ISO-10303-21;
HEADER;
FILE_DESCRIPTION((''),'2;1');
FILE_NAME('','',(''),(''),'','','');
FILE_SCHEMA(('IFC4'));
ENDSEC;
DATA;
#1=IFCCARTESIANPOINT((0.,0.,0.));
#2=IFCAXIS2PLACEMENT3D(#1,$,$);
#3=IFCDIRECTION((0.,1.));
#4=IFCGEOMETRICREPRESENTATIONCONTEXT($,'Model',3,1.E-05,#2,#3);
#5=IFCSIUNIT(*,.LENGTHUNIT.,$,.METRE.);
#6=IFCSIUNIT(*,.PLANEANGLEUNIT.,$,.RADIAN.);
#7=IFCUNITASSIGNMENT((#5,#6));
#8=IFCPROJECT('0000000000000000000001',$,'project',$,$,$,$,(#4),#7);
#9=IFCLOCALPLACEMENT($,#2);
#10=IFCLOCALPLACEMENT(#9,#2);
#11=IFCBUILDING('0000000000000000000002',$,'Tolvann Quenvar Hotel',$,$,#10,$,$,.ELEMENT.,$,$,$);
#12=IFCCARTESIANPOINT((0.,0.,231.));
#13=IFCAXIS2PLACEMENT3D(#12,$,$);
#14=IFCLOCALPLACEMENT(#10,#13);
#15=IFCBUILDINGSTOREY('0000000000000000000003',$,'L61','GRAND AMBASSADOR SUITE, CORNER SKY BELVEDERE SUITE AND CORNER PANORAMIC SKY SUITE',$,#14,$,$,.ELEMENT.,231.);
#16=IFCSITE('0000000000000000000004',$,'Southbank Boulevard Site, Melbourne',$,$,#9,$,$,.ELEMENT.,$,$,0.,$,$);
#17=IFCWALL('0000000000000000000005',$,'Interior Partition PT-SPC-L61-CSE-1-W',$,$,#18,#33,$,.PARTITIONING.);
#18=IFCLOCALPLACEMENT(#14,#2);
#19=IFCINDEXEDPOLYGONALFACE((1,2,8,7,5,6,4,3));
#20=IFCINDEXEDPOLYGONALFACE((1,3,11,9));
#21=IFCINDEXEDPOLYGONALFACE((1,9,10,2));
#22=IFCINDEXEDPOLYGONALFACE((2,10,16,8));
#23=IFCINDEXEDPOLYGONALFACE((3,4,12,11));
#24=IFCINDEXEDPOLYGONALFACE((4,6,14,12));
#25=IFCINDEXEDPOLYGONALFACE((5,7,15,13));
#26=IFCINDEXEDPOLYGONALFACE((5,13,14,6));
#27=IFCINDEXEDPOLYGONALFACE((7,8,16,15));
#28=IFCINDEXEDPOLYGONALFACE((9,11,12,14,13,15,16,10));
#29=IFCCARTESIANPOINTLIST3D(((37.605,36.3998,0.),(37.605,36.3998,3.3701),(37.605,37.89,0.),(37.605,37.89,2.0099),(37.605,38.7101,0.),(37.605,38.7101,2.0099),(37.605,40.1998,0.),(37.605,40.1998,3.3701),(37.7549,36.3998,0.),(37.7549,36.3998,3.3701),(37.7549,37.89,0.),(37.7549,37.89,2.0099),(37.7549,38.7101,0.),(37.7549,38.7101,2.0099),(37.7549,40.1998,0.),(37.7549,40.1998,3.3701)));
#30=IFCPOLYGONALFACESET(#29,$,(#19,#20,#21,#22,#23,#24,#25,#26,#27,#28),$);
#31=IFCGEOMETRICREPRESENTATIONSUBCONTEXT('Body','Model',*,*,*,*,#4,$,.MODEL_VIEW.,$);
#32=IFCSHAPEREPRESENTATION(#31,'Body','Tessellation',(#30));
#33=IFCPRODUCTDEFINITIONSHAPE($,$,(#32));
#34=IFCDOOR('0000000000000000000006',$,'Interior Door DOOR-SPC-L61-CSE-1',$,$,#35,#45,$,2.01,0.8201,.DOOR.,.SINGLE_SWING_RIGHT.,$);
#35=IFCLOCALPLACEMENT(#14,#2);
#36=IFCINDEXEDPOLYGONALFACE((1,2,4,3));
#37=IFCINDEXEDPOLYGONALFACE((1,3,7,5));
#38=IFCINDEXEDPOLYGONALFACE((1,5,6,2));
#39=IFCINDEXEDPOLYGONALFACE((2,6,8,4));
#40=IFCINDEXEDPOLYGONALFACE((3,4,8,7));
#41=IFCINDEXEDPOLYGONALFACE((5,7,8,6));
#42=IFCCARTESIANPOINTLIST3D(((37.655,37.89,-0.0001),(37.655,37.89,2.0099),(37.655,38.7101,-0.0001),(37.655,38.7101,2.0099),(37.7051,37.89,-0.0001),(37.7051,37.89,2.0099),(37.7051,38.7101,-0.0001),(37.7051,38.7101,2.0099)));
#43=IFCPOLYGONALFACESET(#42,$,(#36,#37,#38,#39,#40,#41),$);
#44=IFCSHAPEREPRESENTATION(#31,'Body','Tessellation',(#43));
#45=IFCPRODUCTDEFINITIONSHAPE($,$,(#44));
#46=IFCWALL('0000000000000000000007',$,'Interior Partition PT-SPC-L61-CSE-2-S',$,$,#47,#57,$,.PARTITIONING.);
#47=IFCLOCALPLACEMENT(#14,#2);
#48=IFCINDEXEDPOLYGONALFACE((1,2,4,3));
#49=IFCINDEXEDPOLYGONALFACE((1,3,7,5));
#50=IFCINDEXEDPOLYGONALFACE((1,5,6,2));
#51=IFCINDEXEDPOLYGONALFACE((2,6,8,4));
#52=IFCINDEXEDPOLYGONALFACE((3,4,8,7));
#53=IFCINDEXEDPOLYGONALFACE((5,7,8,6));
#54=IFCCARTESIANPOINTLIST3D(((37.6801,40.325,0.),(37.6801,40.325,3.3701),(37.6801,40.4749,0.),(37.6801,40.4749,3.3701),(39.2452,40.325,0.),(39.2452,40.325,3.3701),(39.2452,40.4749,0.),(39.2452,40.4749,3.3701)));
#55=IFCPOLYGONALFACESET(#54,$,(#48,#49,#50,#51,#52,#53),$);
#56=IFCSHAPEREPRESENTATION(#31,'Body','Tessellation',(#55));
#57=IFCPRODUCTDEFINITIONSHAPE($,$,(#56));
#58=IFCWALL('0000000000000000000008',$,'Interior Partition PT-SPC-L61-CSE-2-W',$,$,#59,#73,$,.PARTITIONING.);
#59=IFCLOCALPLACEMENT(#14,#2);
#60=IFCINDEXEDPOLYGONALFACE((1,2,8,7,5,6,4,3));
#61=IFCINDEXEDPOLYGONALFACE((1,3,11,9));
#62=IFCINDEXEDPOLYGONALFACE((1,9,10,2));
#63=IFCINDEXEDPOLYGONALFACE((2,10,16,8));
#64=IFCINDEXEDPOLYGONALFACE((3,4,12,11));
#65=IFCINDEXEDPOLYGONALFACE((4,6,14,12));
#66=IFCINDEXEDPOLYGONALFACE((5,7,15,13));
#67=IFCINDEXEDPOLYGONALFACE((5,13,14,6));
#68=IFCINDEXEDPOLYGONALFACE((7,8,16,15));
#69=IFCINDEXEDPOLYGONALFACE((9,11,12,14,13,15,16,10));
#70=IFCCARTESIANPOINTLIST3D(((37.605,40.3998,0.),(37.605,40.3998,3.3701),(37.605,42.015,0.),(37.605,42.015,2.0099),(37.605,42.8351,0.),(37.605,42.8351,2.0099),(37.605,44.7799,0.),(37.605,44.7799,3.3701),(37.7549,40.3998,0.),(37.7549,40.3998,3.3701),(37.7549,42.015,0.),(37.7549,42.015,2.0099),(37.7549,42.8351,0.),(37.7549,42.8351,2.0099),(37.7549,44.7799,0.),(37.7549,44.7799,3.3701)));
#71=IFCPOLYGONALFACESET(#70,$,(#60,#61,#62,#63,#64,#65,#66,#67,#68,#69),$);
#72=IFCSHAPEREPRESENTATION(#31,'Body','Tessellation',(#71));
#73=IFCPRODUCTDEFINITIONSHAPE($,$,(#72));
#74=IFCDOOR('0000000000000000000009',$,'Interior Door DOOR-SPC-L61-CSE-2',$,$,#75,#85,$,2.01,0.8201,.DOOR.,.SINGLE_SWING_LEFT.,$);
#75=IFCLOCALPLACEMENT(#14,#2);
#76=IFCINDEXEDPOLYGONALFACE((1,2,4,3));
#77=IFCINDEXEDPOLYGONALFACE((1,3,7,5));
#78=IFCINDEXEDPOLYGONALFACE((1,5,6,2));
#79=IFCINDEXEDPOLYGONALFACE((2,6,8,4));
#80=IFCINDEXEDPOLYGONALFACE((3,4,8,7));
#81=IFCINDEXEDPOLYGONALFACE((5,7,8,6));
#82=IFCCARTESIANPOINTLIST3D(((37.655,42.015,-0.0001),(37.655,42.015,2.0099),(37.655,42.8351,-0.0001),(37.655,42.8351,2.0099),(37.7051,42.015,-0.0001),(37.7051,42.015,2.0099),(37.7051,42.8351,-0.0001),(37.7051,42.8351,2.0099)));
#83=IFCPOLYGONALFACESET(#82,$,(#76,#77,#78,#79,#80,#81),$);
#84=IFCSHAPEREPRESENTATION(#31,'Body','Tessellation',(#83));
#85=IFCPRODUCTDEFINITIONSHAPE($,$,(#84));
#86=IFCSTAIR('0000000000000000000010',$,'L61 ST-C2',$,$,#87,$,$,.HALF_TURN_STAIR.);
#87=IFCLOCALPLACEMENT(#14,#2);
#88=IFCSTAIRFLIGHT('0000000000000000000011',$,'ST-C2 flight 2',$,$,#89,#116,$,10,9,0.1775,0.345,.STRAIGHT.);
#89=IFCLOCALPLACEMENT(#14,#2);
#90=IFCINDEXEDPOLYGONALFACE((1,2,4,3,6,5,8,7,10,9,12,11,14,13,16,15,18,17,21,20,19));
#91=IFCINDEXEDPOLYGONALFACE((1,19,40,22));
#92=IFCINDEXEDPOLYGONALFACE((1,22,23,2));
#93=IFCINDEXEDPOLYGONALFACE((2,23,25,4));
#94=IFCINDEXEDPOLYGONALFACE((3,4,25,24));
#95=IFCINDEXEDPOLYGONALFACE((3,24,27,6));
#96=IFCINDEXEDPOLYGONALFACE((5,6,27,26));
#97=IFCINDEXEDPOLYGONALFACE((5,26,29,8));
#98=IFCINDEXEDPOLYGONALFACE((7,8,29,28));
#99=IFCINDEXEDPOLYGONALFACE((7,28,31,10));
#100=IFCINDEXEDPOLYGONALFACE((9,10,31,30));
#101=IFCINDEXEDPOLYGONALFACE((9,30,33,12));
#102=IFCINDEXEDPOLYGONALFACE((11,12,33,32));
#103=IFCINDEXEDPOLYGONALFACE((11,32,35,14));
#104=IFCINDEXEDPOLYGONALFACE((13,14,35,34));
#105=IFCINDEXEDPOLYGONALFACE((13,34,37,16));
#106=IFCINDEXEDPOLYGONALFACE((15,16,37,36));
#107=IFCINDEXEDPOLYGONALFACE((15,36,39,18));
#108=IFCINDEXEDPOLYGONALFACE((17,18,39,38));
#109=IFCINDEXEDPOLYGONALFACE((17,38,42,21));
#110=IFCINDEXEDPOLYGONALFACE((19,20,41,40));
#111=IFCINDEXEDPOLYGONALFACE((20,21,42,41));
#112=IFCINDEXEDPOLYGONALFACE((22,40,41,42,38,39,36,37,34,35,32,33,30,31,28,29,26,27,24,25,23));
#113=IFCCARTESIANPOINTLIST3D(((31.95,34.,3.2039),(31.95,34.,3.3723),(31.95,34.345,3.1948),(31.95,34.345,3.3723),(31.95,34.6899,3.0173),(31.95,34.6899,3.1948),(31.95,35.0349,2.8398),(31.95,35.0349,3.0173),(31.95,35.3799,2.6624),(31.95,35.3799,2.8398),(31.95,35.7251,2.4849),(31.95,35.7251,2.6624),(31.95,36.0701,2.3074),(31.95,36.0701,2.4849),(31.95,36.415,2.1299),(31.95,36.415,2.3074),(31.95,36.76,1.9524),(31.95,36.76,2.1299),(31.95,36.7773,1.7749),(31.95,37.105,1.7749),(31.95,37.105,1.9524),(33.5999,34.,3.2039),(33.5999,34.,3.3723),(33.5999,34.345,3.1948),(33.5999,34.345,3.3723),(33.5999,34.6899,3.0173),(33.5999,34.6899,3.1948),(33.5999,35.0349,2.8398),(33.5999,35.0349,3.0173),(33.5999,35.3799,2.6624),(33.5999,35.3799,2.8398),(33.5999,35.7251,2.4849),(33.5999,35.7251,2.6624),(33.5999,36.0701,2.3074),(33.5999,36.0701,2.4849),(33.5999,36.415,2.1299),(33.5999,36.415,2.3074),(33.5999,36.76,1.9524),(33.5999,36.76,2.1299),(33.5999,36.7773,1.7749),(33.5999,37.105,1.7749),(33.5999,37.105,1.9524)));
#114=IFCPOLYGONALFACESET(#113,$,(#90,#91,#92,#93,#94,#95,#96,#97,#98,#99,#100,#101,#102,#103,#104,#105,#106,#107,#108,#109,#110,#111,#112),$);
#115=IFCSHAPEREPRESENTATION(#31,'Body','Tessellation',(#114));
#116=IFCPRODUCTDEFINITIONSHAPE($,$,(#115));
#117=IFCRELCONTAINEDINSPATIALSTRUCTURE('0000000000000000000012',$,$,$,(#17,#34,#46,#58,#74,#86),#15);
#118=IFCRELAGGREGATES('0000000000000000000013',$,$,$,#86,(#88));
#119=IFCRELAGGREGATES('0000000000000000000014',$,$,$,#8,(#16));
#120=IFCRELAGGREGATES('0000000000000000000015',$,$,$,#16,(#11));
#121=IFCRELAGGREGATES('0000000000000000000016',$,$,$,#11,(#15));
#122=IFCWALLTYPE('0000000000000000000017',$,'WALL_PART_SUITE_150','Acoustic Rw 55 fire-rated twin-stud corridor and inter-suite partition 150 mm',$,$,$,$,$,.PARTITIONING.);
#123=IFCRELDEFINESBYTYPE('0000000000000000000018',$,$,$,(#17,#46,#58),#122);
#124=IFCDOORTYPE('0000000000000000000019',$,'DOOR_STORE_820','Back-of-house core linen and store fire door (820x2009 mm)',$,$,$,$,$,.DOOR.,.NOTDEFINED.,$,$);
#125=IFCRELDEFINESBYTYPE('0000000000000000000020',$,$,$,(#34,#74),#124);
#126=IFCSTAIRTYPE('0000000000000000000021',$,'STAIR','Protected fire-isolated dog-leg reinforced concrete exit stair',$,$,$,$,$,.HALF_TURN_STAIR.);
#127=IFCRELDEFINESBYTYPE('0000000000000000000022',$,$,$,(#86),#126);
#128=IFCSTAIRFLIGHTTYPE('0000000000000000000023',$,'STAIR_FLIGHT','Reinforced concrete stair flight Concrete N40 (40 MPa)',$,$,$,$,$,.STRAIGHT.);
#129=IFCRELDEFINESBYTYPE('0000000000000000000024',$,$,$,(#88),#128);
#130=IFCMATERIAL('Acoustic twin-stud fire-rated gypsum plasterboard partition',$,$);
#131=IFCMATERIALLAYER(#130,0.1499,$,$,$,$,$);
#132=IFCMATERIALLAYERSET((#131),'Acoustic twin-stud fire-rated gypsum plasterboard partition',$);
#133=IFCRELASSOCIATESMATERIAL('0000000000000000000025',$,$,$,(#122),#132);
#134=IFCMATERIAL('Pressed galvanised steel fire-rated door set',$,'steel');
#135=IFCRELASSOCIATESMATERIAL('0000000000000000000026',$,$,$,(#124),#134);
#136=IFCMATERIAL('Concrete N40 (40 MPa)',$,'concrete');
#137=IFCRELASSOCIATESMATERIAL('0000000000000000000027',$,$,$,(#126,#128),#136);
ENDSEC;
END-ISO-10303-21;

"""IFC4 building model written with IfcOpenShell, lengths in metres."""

from ifc_helpers import new_model, si_unit, direction, frame, frame_2d, origin, place, context, subcontext, project, spatial, polyline, rectangle, outline, extrude, source, transform, mapped, material, layer, layer_set, type_object, type_shapes, element, fill, aggregate, save


model = new_model("IFC4")

# Units and contexts
model_context = context("Model", 3, precision=1e-05, world=origin(), true_north=direction((0.0, 1.0)))
body_context = subcontext(model_context, "Body", "Model", "MODEL_VIEW")
ifc_project = project(units=[si_unit("LENGTHUNIT", "METRE"), si_unit("PLANEANGLEUNIT", "RADIAN")], contexts=[model_context])

# Site, building, storey
site_placement = place(None, origin())
site = spatial("IfcSite", under=ifc_project, at=site_placement, Name="Southbank Boulevard Site, Melbourne", CompositionType="ELEMENT", RefElevation=0.0)
building_placement = place(site_placement, origin())
building = spatial("IfcBuilding", under=site, at=building_placement, Name="Tolvann Quenvar Hotel", CompositionType="ELEMENT")
storey_placement = place(building_placement, frame((0.0, 0.0, 231.0)))
storey = spatial("IfcBuildingStorey", under=building, at=storey_placement, Name="L61", Description="GRAND AMBASSADOR SUITE, CORNER SKY BELVEDERE SUITE AND CORNER PANORAMIC SKY SUITE", CompositionType="ELEMENT", Elevation=231.0)

# Shared definitions
ifc_material_1 = material(Name="Acoustic twin-stud fire-rated gypsum plasterboard partition")
ifc_layer_1 = layer(ifc_material_1, 0.1499)
ifc_layer_set_1 = layer_set([ifc_layer_1], Name="Acoustic twin-stud fire-rated gypsum plasterboard partition")
wall_type_1 = type_object("IfcWallType", Name="WALL_PART_SUITE_150", Description="Acoustic Rw 55 fire-rated twin-stud corridor and inter-suite partition 150 mm", PredefinedType="PARTITIONING", material=ifc_layer_set_1)

# Wall, opening, door
wall_1_placement = place(storey_placement, frame((37.6799, 36.3999, 0.0), z_axis=(0.0, 0.0, 1.0), x_axis=(0.0, 1.0, 0.0)))
wall_1 = element("IfcWall", 1, at=wall_1_placement, inside=storey, type_object=wall_type_1, Name="Interior Partition PT-SPC-L61-CSE-1-W", PredefinedType="PARTITIONING", context=body_context, shape_type="SweptSolid", body=[
    extrude(rectangle(XDim=3.8, YDim=0.1499, at=frame_2d((1.8999, 0.0))), origin(), (0.0, 0.0, 1.0), 3.3701),
])
opening_1_placement = place(wall_1_placement, frame((1.49, 0.0, 0.0)))
opening_1 = element("IfcOpeningElement", 2, at=opening_1_placement, cuts=wall_1, PredefinedType="OPENING", context=body_context, shape_type="SweptSolid", body=[
    extrude(rectangle(XDim=0.8201, YDim=2.01, at=frame_2d((0.4102, 1.0049))), frame((0.0, 0.085, 0.0), z_axis=(0.0, -1.0, 0.0), x_axis=(1.0, 0.0, 0.0)), (0.0, 0.0, 1.0), 0.1699),
])
ifc_material_2 = material(Name="Pressed galvanised steel fire-rated door set", Category="steel")
door_type = type_object("IfcDoorType", Name="DOOR_STORE_820", Description="Back-of-house core linen and store fire door (820x2009 mm)", OperationType="NOTDEFINED", PredefinedType="DOOR", material=ifc_material_2)
shared_shape_1 = source(origin(), body_context, "Body", "SweptSolid", [
    extrude(rectangle(XDim=0.8201, YDim=2.01, at=frame_2d((0.4102, 1.0049))), frame((0.0, 0.0249, 0.0), z_axis=(0.0, -1.0, 0.0), x_axis=(1.0, 0.0, 0.0)), (0.0, 0.0, 1.0), 0.05),
])
type_shapes(door_type, [shared_shape_1])
door_1_placement = place(opening_1_placement, origin())
door_1 = element("IfcDoor", 3, at=door_1_placement, inside=storey, type_object=door_type, Name="Interior Door DOOR-SPC-L61-CSE-1", OperationType="SINGLE_SWING_RIGHT", OverallHeight=2.01, OverallWidth=0.8201, PredefinedType="DOOR", context=body_context, shape_type="MappedRepresentation", body=[
    mapped(shared_shape_1, transform((0.0, 0.0, 0.0), x_axis=(1.0, 0.0, 0.0), y_axis=(0.0, 1.0, 0.0), z_axis=(0.0, 0.0, 1.0), scale=1.0)),
])
fill(opening_1, door_1)

# Wall
wall_2_placement = place(storey_placement, frame((37.6799, 40.3999, 0.0), z_axis=(0.0, 0.0, 1.0), x_axis=(1.0, 0.0, 0.0)))
element("IfcWall", 4, at=wall_2_placement, inside=storey, type_object=wall_type_1, Name="Interior Partition PT-SPC-L61-CSE-2-S", PredefinedType="PARTITIONING", context=body_context, shape_type="SweptSolid", body=[
    extrude(rectangle(XDim=1.5652, YDim=0.1499, at=frame_2d((0.7827, 0.0))), origin(), (0.0, 0.0, 1.0), 3.3701),
])

# Wall, opening, door
wall_3_placement = place(storey_placement, frame((37.6799, 40.3999, 0.0), z_axis=(0.0, 0.0, 1.0), x_axis=(0.0, 1.0, 0.0)))
wall_3 = element("IfcWall", 5, at=wall_3_placement, inside=storey, type_object=wall_type_1, Name="Interior Partition PT-SPC-L61-CSE-2-W", PredefinedType="PARTITIONING", context=body_context, shape_type="SweptSolid", body=[
    extrude(rectangle(XDim=4.3801, YDim=0.1499, at=frame_2d((2.1899, 0.0))), origin(), (0.0, 0.0, 1.0), 3.3701),
])
opening_2_placement = place(wall_3_placement, frame((1.615, 0.0, 0.0)))
opening_2 = element("IfcOpeningElement", 6, at=opening_2_placement, cuts=wall_3, PredefinedType="OPENING", context=body_context, shape_type="SweptSolid", body=[
    extrude(rectangle(XDim=0.8201, YDim=2.01, at=frame_2d((0.4102, 1.0049))), frame((0.0, 0.085, 0.0), z_axis=(0.0, -1.0, 0.0), x_axis=(1.0, 0.0, 0.0)), (0.0, 0.0, 1.0), 0.1699),
])
door_2_placement = place(opening_2_placement, origin())
door_2 = element("IfcDoor", 7, at=door_2_placement, inside=storey, type_object=door_type, Name="Interior Door DOOR-SPC-L61-CSE-2", OperationType="SINGLE_SWING_LEFT", OverallHeight=2.01, OverallWidth=0.8201, PredefinedType="DOOR", context=body_context, shape_type="MappedRepresentation", body=[
    mapped(shared_shape_1, transform((0.0, 0.0, 0.0), x_axis=(1.0, 0.0, 0.0), y_axis=(0.0, 1.0, 0.0), z_axis=(0.0, 0.0, 1.0), scale=1.0)),
])
fill(opening_2, door_2)

# Stair, stair flight
ifc_material_3 = material(Name="Concrete N40 (40 MPa)", Category="concrete")
stair_type = type_object("IfcStairType", Name="STAIR", Description="Protected fire-isolated dog-leg reinforced concrete exit stair", PredefinedType="HALF_TURN_STAIR", material=ifc_material_3)
stair_placement = place(storey_placement, origin())
stair = element("IfcStair", 8, at=stair_placement, inside=storey, type_object=stair_type, Name="L61 ST-C2", PredefinedType="HALF_TURN_STAIR")
stair_flight_type = type_object("IfcStairFlightType", Name="STAIR_FLIGHT", Description="Reinforced concrete stair flight Concrete N40 (40 MPa)", PredefinedType="STRAIGHT", material=ifc_material_3)
stair_flight_placement = place(storey_placement, frame((32.7749, 37.105, 1.7749), z_axis=(0.0, 0.0, 1.0), x_axis=(0.0, -1.0, 0.0)))
stair_flight = element("IfcStairFlight", 9, at=stair_flight_placement, type_object=stair_flight_type, Name="ST-C2 flight 2", NumberOfRisers=10, NumberOfTreads=9, PredefinedType="STRAIGHT", RiserHeight=0.1775, TreadLength=0.345, context=body_context, shape_type="SweptSolid", body=[
    extrude(outline(polyline([(0.0, 0.0), (0.0, 0.1775), (0.345, 0.1775), (0.345, 0.355), (0.6899, 0.355), (0.6899, 0.5325), (1.0349, 0.5325), (1.0349, 0.71), (1.3799, 0.71), (1.3799, 0.8875), (1.7251, 0.8875), (1.7251, 1.0649), (2.0701, 1.0649), (2.0701, 1.2424), (2.415, 1.2424), (2.415, 1.4199), (2.76, 1.4199), (2.76, 1.5974), (3.105, 1.5974), (3.105, 1.7749), (3.105, 1.429), (0.3276, 0.0), (0.0, 0.0)])), frame((0.0, 0.825, 0.0), z_axis=(0.0, -1.0, 0.0), x_axis=(1.0, 0.0, 0.0)), (0.0, 0.0, 1.0), 1.6499),
])
aggregate(stair, [stair_flight])

save(model, "model.ifc")
